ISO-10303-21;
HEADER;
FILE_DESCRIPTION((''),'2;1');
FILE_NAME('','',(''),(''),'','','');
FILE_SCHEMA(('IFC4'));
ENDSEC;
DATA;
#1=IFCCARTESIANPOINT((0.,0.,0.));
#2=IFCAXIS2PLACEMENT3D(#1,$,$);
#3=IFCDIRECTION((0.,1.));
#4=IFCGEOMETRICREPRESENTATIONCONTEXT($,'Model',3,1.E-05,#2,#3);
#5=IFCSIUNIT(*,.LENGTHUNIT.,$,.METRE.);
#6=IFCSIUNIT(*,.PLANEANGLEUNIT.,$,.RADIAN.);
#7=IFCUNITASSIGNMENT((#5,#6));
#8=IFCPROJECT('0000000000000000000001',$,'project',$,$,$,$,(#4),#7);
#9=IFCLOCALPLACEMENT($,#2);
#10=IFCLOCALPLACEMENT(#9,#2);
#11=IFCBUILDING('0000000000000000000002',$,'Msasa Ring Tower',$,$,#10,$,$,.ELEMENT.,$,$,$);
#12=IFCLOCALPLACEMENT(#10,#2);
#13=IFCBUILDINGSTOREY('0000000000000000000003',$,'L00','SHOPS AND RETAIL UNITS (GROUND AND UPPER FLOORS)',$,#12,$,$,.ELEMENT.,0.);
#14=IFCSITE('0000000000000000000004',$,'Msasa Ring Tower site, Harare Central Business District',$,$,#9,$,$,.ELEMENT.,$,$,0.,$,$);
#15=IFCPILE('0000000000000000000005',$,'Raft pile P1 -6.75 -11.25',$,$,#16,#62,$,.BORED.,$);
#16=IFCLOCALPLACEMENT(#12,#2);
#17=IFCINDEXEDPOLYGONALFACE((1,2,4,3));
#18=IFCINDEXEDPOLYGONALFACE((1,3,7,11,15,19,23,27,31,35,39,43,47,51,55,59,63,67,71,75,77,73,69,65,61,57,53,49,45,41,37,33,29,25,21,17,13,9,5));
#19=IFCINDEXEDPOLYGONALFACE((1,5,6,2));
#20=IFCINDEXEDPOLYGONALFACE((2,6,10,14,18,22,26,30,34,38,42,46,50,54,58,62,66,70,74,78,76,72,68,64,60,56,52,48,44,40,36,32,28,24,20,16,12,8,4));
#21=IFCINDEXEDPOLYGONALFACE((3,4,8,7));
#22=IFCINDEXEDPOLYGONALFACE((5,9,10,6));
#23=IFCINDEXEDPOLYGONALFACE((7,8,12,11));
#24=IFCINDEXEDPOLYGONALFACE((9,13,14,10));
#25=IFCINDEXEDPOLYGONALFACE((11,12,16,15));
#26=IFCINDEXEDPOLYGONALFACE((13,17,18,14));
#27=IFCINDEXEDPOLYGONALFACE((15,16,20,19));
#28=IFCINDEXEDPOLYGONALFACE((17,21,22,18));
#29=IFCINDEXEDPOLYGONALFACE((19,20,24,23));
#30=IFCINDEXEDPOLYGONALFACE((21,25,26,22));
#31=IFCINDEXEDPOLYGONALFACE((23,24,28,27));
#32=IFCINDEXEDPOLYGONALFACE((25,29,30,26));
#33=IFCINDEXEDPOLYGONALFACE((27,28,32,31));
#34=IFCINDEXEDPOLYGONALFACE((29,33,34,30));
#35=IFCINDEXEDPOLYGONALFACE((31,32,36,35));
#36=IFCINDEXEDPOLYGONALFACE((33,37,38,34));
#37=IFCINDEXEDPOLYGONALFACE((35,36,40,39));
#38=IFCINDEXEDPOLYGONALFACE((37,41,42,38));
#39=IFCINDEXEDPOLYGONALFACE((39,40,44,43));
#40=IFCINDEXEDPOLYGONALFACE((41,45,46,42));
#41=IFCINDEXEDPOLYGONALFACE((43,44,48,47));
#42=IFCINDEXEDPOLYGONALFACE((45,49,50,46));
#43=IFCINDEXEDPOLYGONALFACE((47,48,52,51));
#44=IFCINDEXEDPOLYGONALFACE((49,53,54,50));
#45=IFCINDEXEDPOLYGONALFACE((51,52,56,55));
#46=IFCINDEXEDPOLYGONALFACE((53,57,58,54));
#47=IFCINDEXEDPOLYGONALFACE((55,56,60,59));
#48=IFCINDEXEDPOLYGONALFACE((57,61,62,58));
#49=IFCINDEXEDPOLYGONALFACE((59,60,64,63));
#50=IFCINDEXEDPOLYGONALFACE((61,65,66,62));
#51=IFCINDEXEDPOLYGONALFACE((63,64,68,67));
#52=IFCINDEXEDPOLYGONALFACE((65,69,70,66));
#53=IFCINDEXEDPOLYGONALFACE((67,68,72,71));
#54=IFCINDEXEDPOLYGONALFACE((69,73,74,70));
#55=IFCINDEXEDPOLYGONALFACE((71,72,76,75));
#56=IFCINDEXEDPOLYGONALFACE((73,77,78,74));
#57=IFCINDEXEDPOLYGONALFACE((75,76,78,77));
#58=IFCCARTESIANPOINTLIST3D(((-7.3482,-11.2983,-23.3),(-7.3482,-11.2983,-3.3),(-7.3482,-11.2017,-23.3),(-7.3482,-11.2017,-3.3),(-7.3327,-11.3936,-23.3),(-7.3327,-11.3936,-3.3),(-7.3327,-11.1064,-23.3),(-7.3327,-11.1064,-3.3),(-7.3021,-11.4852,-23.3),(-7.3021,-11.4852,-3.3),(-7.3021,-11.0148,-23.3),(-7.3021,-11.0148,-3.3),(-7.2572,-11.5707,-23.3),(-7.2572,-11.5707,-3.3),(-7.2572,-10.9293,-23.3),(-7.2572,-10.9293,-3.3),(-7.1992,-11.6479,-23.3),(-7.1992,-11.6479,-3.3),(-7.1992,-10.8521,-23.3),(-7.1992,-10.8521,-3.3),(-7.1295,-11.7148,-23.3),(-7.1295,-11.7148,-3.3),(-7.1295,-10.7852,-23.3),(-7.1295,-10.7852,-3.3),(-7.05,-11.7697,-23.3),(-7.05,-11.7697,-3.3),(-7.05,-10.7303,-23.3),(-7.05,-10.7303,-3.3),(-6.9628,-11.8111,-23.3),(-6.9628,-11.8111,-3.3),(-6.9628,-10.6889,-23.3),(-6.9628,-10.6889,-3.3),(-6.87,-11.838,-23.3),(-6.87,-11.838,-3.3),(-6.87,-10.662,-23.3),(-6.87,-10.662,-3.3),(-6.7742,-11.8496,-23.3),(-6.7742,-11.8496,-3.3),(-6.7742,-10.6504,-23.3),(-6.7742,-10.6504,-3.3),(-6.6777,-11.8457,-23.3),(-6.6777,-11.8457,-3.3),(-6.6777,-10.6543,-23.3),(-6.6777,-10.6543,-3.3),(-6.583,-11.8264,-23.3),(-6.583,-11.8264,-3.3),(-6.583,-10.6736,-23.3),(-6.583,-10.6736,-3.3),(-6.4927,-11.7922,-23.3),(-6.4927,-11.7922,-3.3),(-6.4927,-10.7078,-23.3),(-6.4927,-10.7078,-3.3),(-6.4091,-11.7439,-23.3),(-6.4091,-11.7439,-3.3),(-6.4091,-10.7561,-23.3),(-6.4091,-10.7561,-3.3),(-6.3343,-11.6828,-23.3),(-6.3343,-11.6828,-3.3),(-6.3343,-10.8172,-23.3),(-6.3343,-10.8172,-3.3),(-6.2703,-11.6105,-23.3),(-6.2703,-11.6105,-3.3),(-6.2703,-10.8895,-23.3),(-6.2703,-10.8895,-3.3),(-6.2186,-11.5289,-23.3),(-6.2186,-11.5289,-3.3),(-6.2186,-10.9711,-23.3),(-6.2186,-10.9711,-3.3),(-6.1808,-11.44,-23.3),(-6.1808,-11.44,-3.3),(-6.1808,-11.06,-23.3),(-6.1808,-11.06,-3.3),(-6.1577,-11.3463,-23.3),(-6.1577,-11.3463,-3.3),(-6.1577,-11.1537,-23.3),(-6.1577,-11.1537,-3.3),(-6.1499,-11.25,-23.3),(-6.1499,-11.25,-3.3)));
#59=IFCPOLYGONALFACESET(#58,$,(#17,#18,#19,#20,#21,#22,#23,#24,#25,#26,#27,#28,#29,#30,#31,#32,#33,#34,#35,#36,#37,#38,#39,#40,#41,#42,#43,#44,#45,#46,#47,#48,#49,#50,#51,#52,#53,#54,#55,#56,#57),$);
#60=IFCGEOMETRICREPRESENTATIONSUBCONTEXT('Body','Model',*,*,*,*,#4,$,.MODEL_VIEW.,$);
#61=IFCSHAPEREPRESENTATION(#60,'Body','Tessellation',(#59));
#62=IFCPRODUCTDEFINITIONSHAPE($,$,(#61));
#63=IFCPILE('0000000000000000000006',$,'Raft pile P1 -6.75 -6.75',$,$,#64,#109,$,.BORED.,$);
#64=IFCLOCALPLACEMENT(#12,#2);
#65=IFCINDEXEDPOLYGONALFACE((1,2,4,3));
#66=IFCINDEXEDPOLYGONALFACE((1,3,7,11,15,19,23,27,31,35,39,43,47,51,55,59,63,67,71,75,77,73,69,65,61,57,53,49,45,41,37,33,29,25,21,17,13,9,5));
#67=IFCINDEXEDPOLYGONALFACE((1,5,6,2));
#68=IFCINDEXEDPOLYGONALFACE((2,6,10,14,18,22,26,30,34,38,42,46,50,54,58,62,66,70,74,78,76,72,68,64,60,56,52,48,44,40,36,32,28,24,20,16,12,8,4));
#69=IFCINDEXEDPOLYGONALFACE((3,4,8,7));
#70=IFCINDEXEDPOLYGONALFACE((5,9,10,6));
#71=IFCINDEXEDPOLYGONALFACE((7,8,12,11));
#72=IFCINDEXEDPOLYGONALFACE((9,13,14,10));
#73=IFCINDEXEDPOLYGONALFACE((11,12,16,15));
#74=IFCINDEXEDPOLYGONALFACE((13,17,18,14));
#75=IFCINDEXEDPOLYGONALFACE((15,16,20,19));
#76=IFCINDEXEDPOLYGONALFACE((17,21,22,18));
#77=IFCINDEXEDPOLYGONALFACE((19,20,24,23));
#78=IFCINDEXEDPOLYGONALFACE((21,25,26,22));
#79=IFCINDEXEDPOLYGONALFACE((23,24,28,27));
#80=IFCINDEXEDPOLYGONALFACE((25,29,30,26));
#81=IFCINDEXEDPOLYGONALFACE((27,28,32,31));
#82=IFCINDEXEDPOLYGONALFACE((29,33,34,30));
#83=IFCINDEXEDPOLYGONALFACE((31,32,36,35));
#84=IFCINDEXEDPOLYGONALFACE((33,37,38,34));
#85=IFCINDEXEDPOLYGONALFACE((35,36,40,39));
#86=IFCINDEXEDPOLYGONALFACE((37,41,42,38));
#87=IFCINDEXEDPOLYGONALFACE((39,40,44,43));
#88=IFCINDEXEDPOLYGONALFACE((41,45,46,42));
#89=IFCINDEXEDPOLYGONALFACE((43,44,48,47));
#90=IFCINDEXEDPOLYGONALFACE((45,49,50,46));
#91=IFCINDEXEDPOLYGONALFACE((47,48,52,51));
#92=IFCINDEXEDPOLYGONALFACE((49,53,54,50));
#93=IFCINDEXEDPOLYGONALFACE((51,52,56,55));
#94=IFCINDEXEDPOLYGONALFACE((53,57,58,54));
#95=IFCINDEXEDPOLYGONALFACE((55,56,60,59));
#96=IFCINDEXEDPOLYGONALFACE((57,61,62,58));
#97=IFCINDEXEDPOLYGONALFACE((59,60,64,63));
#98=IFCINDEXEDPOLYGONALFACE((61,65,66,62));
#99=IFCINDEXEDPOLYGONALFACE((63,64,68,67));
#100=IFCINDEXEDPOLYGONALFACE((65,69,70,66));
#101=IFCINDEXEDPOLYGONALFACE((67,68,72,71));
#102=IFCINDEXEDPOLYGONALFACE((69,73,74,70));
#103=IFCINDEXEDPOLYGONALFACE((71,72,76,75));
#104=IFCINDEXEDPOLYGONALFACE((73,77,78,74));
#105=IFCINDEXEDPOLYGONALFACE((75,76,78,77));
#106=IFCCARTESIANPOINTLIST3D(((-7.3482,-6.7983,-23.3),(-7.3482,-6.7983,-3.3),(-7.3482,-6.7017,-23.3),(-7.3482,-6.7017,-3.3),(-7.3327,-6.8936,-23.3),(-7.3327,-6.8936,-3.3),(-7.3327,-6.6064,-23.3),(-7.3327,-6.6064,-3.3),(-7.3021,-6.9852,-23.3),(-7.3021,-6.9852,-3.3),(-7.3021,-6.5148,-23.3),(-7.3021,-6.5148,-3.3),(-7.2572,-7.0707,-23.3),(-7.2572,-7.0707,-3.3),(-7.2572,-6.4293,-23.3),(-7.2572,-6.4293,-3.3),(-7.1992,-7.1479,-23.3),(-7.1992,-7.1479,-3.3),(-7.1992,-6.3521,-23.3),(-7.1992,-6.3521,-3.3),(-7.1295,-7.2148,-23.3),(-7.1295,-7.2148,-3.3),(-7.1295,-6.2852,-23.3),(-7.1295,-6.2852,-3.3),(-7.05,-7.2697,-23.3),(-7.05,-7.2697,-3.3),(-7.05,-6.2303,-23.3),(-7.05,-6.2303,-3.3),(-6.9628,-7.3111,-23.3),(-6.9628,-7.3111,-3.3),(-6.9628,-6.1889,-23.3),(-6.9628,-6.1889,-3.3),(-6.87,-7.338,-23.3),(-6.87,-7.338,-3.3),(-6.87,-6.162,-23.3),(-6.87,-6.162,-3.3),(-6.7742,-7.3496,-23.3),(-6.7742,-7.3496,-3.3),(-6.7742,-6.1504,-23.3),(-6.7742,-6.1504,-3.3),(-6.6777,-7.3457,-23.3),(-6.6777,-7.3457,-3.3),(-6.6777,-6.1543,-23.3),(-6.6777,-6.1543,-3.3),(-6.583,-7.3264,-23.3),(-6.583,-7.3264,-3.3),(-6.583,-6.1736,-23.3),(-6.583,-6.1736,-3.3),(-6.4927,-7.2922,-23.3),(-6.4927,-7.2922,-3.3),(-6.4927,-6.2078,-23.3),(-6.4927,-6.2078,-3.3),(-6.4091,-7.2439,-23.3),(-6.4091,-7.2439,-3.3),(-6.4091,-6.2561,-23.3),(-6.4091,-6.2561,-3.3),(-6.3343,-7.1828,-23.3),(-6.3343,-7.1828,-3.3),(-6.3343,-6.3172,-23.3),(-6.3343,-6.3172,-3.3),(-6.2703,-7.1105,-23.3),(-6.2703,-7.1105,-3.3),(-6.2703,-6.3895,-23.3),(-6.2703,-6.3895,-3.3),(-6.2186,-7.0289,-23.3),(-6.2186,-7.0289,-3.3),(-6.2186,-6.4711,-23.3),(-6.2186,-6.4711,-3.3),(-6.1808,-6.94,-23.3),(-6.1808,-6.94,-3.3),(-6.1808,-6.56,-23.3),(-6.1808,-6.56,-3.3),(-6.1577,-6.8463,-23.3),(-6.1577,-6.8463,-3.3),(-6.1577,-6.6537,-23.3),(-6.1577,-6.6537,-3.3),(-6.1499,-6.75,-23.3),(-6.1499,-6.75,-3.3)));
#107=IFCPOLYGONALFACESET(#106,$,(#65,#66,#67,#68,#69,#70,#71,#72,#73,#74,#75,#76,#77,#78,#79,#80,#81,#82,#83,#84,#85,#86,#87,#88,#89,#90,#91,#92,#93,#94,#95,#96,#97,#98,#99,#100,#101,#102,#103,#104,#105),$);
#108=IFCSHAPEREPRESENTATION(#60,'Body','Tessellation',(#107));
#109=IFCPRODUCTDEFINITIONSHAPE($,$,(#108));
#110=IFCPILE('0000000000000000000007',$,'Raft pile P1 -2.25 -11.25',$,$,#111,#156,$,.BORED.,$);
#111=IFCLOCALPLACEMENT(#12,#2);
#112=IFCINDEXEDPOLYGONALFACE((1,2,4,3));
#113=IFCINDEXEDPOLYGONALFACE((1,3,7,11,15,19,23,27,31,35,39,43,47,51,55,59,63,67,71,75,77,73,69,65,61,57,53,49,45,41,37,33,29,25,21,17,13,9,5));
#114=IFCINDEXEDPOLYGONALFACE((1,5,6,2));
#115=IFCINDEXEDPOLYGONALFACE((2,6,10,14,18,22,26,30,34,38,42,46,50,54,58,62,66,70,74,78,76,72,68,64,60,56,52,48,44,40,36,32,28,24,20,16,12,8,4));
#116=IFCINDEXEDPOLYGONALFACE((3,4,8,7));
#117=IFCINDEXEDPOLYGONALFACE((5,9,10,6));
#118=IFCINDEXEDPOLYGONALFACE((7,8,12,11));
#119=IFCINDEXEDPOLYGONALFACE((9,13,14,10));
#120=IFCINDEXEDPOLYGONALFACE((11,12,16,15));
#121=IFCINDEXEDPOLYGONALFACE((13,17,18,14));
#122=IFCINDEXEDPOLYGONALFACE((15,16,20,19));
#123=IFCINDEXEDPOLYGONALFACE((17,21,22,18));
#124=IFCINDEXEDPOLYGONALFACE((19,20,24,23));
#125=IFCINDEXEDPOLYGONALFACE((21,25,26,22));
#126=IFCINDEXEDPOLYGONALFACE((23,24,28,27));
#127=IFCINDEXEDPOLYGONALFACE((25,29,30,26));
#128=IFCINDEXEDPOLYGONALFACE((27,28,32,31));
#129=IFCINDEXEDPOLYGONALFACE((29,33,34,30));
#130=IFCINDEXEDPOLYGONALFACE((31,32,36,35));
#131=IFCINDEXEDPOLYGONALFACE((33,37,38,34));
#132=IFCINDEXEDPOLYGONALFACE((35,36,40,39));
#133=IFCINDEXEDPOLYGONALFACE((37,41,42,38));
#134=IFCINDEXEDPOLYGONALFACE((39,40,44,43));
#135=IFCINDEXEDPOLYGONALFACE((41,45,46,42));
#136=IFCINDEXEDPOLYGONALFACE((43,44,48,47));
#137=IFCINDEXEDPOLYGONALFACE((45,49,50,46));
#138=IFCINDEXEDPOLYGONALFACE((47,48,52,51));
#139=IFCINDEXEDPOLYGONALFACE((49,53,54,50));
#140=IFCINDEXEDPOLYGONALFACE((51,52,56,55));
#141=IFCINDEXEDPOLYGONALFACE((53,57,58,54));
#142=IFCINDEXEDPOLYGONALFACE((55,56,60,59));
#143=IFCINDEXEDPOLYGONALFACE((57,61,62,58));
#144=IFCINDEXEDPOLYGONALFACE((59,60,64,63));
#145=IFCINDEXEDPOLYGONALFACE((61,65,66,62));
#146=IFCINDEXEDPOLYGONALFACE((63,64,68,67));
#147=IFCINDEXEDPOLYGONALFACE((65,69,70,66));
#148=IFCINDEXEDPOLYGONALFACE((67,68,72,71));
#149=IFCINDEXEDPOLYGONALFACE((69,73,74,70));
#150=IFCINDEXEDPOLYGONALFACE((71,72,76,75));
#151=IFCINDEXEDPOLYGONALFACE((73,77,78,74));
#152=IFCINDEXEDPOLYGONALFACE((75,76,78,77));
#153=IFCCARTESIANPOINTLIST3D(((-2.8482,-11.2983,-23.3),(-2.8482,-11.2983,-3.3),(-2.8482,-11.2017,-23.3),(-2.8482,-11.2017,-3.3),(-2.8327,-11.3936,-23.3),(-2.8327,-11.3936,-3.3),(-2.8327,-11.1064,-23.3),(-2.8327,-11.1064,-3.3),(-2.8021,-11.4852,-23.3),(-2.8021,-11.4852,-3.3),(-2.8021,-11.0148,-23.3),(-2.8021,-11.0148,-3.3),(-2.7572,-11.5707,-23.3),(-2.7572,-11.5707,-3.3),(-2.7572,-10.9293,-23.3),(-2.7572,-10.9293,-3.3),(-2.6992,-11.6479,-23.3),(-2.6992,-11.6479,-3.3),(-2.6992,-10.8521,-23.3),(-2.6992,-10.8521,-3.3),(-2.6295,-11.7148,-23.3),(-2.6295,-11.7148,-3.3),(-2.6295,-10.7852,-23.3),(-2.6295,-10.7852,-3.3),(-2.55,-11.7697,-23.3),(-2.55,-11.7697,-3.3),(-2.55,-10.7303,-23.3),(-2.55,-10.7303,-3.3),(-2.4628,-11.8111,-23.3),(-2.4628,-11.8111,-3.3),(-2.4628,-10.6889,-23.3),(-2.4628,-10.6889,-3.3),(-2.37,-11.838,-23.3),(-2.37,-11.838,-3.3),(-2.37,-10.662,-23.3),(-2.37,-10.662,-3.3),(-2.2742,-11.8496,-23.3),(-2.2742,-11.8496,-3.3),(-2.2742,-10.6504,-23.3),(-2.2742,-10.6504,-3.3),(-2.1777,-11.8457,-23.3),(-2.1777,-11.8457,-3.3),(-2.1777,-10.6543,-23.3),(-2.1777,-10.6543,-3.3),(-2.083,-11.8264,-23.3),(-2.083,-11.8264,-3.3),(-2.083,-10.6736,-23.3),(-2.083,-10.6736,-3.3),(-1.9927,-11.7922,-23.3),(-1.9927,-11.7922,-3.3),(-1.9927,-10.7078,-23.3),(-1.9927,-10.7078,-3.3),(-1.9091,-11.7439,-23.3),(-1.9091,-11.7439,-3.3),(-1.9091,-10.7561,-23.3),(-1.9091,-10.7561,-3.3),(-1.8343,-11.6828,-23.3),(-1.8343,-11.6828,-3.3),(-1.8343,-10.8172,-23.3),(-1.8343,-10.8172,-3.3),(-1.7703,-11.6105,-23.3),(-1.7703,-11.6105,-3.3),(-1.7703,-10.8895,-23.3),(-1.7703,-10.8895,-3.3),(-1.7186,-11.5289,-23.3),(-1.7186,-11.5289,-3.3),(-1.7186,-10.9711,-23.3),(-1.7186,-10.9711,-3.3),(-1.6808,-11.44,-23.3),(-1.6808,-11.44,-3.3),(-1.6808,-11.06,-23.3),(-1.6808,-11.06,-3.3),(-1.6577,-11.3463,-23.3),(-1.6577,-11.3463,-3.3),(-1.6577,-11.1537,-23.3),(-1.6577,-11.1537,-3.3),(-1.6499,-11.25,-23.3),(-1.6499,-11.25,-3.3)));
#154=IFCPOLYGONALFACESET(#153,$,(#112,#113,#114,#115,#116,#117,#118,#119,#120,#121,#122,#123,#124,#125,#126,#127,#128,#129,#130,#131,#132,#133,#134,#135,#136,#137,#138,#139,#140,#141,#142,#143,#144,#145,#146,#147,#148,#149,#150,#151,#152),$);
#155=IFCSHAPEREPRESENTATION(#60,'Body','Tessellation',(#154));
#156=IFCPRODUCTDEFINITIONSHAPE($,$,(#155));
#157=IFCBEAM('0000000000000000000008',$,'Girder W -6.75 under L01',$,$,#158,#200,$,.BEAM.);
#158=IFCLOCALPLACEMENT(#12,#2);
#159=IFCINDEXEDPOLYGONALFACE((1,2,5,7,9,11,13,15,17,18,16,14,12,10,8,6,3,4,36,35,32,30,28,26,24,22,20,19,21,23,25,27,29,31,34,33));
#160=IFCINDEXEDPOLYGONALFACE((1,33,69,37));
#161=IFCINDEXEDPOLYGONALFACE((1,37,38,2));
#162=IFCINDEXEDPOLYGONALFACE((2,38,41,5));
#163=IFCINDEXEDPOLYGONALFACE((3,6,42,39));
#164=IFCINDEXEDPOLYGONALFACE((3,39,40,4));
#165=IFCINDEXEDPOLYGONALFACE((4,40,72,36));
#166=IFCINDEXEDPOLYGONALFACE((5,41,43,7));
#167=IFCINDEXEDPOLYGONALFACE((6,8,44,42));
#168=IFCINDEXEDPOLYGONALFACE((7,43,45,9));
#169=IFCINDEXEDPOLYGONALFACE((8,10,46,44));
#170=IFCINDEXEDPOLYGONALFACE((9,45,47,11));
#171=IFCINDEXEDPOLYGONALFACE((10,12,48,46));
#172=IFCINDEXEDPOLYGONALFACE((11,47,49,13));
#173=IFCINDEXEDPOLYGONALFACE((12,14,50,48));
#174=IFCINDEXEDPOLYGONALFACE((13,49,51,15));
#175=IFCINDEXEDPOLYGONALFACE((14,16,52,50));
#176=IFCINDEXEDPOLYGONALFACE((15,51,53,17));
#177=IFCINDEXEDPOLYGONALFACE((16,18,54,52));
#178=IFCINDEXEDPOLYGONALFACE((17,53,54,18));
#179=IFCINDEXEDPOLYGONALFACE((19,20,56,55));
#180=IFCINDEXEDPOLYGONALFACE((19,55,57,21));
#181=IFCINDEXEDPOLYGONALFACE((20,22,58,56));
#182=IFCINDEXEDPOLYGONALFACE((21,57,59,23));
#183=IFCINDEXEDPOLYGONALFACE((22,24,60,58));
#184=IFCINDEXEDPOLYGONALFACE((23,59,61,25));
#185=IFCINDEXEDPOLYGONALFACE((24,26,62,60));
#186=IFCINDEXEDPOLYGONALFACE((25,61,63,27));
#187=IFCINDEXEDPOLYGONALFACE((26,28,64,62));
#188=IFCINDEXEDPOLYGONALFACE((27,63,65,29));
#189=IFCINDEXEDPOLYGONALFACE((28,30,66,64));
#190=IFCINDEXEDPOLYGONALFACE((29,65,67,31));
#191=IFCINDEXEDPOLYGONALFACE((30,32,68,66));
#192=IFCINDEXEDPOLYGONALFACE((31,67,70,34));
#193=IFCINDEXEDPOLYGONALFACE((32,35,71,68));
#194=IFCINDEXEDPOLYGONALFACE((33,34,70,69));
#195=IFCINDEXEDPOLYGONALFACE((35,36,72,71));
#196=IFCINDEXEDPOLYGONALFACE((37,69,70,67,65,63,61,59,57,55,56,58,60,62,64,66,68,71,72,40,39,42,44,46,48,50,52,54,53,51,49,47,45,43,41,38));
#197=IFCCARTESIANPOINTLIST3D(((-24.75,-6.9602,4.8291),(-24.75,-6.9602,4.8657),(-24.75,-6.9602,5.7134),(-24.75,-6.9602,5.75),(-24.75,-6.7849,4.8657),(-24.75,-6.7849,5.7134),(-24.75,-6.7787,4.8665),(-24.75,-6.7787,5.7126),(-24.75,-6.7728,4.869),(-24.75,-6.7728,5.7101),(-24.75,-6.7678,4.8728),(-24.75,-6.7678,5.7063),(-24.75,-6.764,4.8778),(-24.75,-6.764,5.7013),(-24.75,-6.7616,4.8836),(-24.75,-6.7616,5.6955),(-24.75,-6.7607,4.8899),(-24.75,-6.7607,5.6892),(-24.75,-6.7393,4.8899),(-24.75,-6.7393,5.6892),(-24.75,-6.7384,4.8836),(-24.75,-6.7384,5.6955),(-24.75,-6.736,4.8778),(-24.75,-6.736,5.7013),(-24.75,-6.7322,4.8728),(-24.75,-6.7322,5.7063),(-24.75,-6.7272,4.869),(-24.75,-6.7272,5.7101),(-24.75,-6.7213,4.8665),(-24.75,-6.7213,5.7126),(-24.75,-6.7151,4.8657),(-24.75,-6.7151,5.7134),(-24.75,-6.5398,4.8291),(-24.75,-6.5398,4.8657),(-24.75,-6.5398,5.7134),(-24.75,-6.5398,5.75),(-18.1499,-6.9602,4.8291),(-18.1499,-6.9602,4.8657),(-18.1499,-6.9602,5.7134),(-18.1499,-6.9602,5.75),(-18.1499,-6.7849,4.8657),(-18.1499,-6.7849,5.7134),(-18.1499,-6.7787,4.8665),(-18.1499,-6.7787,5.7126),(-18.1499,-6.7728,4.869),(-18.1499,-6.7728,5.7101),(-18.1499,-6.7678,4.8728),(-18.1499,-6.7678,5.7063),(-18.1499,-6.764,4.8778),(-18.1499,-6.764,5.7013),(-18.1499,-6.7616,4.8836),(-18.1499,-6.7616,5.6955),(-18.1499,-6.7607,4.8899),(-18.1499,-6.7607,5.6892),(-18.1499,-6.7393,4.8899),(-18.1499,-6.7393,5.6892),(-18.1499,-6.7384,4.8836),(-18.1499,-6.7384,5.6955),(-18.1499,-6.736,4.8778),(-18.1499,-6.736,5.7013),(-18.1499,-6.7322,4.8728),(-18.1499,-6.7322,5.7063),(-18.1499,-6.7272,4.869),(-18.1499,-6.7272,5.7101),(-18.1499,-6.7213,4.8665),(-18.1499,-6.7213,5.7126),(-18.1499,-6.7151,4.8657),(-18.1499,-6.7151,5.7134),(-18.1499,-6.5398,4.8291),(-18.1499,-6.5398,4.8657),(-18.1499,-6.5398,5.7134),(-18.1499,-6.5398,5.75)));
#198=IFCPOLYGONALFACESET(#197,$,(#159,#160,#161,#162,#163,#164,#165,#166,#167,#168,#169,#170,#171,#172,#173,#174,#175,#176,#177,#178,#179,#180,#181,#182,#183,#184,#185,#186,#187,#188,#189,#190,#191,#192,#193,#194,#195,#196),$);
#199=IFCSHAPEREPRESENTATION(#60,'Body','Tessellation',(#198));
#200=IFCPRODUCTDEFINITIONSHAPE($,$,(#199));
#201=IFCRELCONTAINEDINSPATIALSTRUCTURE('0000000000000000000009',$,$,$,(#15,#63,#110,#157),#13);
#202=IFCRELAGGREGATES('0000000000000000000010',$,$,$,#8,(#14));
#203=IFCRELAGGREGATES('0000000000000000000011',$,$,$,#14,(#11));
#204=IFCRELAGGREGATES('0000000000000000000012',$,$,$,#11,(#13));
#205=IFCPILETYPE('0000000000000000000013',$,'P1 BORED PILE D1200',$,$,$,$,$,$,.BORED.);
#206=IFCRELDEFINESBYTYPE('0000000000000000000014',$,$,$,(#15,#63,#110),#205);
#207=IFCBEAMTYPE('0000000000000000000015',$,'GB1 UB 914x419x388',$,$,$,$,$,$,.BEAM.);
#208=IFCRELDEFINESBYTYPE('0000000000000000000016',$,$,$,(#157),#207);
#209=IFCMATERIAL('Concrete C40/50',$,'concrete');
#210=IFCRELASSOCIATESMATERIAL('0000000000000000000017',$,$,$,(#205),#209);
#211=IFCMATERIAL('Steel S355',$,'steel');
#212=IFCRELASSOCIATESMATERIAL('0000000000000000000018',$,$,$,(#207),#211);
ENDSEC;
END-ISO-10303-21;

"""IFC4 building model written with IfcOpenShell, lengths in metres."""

from ifc_helpers import new_model, si_unit, direction, frame, origin, origin_2d, place, context, subcontext, project, spatial, circle, i_section, extrude, material, material_profile, profile_set, type_object, element, save


model = new_model("IFC4")

# Units and contexts
model_context = context("Model", 3, precision=1e-05, world=origin(), true_north=direction((0.0, 1.0)))
body_context = subcontext(model_context, "Body", "Model", "MODEL_VIEW")
ifc_project = project(units=[si_unit("LENGTHUNIT", "METRE"), si_unit("PLANEANGLEUNIT", "RADIAN")], contexts=[model_context])

# Site, building, storey
site_placement = place(None, origin())
site = spatial("IfcSite", under=ifc_project, at=site_placement, Name="Msasa Ring Tower site, Harare Central Business District", CompositionType="ELEMENT", RefElevation=0.0)
building_placement = place(site_placement, origin())
building = spatial("IfcBuilding", under=site, at=building_placement, Name="Msasa Ring Tower", CompositionType="ELEMENT")
storey_placement = place(building_placement, origin())
storey = spatial("IfcBuildingStorey", under=building, at=storey_placement, Name="L00", Description="SHOPS AND RETAIL UNITS (GROUND AND UPPER FLOORS)", CompositionType="ELEMENT", Elevation=0.0)

# Piles
ifc_material_1 = material(Name="Concrete C40/50", Category="concrete")
ifc_material_profile_1 = material_profile(ifc_material_1, circle(Radius=0.6001, at=origin_2d()), Name="D1200")
ifc_profile_set_1 = profile_set([ifc_material_profile_1], Name="Concrete C40/50")
pile_type = type_object("IfcPileType", Name="P1 BORED PILE D1200", PredefinedType="BORED", material=ifc_profile_set_1)
for number, where, z_axis, x_axis, name in (
    (1, (-6.75, -11.25, -3.3), (0.0, 0.0, -1.0), (1.0, 0.0, 0.0), "Raft pile P1 -6.75 -11.25"),
    (2, (-6.75, -6.75, -3.3), (0.0, 0.0, -1.0), (1.0, 0.0, 0.0), "Raft pile P1 -6.75 -6.75"),
    (3, (-2.25, -11.25, -3.3), (0.0, 0.0, -1.0), (1.0, 0.0, 0.0), "Raft pile P1 -2.25 -11.25"),
):
    element("IfcPile", number, at=place(storey_placement, frame(where, z_axis=z_axis, x_axis=x_axis)), inside=storey, type_object=pile_type, Name=name, PredefinedType="BORED", context=body_context, shape_type="SweptSolid", body=[
        extrude(circle(Radius=0.6001, at=origin_2d()), origin(), (0.0, 0.0, 1.0), 20.0),
    ])

# Beam
ifc_material_2 = material(Name="Steel S355", Category="steel")
ifc_material_profile_2 = material_profile(ifc_material_2, i_section(OverallWidth=0.4204, OverallDepth=0.9209, WebThickness=0.0215, FlangeThickness=0.0366, FilletRadius=0.0242, at=origin_2d()), Name="UB 914x419x388")
ifc_profile_set_2 = profile_set([ifc_material_profile_2], Name="Steel S355")
beam_type = type_object("IfcBeamType", Name="GB1 UB 914x419x388", PredefinedType="BEAM", material=ifc_profile_set_2)
beam_placement = place(storey_placement, frame((-18.1499, -6.75, 5.2896), z_axis=(-1.0, 0.0, 0.0), x_axis=(0.0, -1.0, 0.0)))
element("IfcBeam", 4, at=beam_placement, inside=storey, type_object=beam_type, Name="Girder W -6.75 under L01", PredefinedType="BEAM", context=body_context, shape_type="SweptSolid", body=[
    extrude(i_section(OverallWidth=0.4204, OverallDepth=0.9209, WebThickness=0.0215, FlangeThickness=0.0366, FilletRadius=0.0242, at=origin_2d()), origin(), (0.0, 0.0, 1.0), 6.6001),
])

save(model, "model.ifc")
